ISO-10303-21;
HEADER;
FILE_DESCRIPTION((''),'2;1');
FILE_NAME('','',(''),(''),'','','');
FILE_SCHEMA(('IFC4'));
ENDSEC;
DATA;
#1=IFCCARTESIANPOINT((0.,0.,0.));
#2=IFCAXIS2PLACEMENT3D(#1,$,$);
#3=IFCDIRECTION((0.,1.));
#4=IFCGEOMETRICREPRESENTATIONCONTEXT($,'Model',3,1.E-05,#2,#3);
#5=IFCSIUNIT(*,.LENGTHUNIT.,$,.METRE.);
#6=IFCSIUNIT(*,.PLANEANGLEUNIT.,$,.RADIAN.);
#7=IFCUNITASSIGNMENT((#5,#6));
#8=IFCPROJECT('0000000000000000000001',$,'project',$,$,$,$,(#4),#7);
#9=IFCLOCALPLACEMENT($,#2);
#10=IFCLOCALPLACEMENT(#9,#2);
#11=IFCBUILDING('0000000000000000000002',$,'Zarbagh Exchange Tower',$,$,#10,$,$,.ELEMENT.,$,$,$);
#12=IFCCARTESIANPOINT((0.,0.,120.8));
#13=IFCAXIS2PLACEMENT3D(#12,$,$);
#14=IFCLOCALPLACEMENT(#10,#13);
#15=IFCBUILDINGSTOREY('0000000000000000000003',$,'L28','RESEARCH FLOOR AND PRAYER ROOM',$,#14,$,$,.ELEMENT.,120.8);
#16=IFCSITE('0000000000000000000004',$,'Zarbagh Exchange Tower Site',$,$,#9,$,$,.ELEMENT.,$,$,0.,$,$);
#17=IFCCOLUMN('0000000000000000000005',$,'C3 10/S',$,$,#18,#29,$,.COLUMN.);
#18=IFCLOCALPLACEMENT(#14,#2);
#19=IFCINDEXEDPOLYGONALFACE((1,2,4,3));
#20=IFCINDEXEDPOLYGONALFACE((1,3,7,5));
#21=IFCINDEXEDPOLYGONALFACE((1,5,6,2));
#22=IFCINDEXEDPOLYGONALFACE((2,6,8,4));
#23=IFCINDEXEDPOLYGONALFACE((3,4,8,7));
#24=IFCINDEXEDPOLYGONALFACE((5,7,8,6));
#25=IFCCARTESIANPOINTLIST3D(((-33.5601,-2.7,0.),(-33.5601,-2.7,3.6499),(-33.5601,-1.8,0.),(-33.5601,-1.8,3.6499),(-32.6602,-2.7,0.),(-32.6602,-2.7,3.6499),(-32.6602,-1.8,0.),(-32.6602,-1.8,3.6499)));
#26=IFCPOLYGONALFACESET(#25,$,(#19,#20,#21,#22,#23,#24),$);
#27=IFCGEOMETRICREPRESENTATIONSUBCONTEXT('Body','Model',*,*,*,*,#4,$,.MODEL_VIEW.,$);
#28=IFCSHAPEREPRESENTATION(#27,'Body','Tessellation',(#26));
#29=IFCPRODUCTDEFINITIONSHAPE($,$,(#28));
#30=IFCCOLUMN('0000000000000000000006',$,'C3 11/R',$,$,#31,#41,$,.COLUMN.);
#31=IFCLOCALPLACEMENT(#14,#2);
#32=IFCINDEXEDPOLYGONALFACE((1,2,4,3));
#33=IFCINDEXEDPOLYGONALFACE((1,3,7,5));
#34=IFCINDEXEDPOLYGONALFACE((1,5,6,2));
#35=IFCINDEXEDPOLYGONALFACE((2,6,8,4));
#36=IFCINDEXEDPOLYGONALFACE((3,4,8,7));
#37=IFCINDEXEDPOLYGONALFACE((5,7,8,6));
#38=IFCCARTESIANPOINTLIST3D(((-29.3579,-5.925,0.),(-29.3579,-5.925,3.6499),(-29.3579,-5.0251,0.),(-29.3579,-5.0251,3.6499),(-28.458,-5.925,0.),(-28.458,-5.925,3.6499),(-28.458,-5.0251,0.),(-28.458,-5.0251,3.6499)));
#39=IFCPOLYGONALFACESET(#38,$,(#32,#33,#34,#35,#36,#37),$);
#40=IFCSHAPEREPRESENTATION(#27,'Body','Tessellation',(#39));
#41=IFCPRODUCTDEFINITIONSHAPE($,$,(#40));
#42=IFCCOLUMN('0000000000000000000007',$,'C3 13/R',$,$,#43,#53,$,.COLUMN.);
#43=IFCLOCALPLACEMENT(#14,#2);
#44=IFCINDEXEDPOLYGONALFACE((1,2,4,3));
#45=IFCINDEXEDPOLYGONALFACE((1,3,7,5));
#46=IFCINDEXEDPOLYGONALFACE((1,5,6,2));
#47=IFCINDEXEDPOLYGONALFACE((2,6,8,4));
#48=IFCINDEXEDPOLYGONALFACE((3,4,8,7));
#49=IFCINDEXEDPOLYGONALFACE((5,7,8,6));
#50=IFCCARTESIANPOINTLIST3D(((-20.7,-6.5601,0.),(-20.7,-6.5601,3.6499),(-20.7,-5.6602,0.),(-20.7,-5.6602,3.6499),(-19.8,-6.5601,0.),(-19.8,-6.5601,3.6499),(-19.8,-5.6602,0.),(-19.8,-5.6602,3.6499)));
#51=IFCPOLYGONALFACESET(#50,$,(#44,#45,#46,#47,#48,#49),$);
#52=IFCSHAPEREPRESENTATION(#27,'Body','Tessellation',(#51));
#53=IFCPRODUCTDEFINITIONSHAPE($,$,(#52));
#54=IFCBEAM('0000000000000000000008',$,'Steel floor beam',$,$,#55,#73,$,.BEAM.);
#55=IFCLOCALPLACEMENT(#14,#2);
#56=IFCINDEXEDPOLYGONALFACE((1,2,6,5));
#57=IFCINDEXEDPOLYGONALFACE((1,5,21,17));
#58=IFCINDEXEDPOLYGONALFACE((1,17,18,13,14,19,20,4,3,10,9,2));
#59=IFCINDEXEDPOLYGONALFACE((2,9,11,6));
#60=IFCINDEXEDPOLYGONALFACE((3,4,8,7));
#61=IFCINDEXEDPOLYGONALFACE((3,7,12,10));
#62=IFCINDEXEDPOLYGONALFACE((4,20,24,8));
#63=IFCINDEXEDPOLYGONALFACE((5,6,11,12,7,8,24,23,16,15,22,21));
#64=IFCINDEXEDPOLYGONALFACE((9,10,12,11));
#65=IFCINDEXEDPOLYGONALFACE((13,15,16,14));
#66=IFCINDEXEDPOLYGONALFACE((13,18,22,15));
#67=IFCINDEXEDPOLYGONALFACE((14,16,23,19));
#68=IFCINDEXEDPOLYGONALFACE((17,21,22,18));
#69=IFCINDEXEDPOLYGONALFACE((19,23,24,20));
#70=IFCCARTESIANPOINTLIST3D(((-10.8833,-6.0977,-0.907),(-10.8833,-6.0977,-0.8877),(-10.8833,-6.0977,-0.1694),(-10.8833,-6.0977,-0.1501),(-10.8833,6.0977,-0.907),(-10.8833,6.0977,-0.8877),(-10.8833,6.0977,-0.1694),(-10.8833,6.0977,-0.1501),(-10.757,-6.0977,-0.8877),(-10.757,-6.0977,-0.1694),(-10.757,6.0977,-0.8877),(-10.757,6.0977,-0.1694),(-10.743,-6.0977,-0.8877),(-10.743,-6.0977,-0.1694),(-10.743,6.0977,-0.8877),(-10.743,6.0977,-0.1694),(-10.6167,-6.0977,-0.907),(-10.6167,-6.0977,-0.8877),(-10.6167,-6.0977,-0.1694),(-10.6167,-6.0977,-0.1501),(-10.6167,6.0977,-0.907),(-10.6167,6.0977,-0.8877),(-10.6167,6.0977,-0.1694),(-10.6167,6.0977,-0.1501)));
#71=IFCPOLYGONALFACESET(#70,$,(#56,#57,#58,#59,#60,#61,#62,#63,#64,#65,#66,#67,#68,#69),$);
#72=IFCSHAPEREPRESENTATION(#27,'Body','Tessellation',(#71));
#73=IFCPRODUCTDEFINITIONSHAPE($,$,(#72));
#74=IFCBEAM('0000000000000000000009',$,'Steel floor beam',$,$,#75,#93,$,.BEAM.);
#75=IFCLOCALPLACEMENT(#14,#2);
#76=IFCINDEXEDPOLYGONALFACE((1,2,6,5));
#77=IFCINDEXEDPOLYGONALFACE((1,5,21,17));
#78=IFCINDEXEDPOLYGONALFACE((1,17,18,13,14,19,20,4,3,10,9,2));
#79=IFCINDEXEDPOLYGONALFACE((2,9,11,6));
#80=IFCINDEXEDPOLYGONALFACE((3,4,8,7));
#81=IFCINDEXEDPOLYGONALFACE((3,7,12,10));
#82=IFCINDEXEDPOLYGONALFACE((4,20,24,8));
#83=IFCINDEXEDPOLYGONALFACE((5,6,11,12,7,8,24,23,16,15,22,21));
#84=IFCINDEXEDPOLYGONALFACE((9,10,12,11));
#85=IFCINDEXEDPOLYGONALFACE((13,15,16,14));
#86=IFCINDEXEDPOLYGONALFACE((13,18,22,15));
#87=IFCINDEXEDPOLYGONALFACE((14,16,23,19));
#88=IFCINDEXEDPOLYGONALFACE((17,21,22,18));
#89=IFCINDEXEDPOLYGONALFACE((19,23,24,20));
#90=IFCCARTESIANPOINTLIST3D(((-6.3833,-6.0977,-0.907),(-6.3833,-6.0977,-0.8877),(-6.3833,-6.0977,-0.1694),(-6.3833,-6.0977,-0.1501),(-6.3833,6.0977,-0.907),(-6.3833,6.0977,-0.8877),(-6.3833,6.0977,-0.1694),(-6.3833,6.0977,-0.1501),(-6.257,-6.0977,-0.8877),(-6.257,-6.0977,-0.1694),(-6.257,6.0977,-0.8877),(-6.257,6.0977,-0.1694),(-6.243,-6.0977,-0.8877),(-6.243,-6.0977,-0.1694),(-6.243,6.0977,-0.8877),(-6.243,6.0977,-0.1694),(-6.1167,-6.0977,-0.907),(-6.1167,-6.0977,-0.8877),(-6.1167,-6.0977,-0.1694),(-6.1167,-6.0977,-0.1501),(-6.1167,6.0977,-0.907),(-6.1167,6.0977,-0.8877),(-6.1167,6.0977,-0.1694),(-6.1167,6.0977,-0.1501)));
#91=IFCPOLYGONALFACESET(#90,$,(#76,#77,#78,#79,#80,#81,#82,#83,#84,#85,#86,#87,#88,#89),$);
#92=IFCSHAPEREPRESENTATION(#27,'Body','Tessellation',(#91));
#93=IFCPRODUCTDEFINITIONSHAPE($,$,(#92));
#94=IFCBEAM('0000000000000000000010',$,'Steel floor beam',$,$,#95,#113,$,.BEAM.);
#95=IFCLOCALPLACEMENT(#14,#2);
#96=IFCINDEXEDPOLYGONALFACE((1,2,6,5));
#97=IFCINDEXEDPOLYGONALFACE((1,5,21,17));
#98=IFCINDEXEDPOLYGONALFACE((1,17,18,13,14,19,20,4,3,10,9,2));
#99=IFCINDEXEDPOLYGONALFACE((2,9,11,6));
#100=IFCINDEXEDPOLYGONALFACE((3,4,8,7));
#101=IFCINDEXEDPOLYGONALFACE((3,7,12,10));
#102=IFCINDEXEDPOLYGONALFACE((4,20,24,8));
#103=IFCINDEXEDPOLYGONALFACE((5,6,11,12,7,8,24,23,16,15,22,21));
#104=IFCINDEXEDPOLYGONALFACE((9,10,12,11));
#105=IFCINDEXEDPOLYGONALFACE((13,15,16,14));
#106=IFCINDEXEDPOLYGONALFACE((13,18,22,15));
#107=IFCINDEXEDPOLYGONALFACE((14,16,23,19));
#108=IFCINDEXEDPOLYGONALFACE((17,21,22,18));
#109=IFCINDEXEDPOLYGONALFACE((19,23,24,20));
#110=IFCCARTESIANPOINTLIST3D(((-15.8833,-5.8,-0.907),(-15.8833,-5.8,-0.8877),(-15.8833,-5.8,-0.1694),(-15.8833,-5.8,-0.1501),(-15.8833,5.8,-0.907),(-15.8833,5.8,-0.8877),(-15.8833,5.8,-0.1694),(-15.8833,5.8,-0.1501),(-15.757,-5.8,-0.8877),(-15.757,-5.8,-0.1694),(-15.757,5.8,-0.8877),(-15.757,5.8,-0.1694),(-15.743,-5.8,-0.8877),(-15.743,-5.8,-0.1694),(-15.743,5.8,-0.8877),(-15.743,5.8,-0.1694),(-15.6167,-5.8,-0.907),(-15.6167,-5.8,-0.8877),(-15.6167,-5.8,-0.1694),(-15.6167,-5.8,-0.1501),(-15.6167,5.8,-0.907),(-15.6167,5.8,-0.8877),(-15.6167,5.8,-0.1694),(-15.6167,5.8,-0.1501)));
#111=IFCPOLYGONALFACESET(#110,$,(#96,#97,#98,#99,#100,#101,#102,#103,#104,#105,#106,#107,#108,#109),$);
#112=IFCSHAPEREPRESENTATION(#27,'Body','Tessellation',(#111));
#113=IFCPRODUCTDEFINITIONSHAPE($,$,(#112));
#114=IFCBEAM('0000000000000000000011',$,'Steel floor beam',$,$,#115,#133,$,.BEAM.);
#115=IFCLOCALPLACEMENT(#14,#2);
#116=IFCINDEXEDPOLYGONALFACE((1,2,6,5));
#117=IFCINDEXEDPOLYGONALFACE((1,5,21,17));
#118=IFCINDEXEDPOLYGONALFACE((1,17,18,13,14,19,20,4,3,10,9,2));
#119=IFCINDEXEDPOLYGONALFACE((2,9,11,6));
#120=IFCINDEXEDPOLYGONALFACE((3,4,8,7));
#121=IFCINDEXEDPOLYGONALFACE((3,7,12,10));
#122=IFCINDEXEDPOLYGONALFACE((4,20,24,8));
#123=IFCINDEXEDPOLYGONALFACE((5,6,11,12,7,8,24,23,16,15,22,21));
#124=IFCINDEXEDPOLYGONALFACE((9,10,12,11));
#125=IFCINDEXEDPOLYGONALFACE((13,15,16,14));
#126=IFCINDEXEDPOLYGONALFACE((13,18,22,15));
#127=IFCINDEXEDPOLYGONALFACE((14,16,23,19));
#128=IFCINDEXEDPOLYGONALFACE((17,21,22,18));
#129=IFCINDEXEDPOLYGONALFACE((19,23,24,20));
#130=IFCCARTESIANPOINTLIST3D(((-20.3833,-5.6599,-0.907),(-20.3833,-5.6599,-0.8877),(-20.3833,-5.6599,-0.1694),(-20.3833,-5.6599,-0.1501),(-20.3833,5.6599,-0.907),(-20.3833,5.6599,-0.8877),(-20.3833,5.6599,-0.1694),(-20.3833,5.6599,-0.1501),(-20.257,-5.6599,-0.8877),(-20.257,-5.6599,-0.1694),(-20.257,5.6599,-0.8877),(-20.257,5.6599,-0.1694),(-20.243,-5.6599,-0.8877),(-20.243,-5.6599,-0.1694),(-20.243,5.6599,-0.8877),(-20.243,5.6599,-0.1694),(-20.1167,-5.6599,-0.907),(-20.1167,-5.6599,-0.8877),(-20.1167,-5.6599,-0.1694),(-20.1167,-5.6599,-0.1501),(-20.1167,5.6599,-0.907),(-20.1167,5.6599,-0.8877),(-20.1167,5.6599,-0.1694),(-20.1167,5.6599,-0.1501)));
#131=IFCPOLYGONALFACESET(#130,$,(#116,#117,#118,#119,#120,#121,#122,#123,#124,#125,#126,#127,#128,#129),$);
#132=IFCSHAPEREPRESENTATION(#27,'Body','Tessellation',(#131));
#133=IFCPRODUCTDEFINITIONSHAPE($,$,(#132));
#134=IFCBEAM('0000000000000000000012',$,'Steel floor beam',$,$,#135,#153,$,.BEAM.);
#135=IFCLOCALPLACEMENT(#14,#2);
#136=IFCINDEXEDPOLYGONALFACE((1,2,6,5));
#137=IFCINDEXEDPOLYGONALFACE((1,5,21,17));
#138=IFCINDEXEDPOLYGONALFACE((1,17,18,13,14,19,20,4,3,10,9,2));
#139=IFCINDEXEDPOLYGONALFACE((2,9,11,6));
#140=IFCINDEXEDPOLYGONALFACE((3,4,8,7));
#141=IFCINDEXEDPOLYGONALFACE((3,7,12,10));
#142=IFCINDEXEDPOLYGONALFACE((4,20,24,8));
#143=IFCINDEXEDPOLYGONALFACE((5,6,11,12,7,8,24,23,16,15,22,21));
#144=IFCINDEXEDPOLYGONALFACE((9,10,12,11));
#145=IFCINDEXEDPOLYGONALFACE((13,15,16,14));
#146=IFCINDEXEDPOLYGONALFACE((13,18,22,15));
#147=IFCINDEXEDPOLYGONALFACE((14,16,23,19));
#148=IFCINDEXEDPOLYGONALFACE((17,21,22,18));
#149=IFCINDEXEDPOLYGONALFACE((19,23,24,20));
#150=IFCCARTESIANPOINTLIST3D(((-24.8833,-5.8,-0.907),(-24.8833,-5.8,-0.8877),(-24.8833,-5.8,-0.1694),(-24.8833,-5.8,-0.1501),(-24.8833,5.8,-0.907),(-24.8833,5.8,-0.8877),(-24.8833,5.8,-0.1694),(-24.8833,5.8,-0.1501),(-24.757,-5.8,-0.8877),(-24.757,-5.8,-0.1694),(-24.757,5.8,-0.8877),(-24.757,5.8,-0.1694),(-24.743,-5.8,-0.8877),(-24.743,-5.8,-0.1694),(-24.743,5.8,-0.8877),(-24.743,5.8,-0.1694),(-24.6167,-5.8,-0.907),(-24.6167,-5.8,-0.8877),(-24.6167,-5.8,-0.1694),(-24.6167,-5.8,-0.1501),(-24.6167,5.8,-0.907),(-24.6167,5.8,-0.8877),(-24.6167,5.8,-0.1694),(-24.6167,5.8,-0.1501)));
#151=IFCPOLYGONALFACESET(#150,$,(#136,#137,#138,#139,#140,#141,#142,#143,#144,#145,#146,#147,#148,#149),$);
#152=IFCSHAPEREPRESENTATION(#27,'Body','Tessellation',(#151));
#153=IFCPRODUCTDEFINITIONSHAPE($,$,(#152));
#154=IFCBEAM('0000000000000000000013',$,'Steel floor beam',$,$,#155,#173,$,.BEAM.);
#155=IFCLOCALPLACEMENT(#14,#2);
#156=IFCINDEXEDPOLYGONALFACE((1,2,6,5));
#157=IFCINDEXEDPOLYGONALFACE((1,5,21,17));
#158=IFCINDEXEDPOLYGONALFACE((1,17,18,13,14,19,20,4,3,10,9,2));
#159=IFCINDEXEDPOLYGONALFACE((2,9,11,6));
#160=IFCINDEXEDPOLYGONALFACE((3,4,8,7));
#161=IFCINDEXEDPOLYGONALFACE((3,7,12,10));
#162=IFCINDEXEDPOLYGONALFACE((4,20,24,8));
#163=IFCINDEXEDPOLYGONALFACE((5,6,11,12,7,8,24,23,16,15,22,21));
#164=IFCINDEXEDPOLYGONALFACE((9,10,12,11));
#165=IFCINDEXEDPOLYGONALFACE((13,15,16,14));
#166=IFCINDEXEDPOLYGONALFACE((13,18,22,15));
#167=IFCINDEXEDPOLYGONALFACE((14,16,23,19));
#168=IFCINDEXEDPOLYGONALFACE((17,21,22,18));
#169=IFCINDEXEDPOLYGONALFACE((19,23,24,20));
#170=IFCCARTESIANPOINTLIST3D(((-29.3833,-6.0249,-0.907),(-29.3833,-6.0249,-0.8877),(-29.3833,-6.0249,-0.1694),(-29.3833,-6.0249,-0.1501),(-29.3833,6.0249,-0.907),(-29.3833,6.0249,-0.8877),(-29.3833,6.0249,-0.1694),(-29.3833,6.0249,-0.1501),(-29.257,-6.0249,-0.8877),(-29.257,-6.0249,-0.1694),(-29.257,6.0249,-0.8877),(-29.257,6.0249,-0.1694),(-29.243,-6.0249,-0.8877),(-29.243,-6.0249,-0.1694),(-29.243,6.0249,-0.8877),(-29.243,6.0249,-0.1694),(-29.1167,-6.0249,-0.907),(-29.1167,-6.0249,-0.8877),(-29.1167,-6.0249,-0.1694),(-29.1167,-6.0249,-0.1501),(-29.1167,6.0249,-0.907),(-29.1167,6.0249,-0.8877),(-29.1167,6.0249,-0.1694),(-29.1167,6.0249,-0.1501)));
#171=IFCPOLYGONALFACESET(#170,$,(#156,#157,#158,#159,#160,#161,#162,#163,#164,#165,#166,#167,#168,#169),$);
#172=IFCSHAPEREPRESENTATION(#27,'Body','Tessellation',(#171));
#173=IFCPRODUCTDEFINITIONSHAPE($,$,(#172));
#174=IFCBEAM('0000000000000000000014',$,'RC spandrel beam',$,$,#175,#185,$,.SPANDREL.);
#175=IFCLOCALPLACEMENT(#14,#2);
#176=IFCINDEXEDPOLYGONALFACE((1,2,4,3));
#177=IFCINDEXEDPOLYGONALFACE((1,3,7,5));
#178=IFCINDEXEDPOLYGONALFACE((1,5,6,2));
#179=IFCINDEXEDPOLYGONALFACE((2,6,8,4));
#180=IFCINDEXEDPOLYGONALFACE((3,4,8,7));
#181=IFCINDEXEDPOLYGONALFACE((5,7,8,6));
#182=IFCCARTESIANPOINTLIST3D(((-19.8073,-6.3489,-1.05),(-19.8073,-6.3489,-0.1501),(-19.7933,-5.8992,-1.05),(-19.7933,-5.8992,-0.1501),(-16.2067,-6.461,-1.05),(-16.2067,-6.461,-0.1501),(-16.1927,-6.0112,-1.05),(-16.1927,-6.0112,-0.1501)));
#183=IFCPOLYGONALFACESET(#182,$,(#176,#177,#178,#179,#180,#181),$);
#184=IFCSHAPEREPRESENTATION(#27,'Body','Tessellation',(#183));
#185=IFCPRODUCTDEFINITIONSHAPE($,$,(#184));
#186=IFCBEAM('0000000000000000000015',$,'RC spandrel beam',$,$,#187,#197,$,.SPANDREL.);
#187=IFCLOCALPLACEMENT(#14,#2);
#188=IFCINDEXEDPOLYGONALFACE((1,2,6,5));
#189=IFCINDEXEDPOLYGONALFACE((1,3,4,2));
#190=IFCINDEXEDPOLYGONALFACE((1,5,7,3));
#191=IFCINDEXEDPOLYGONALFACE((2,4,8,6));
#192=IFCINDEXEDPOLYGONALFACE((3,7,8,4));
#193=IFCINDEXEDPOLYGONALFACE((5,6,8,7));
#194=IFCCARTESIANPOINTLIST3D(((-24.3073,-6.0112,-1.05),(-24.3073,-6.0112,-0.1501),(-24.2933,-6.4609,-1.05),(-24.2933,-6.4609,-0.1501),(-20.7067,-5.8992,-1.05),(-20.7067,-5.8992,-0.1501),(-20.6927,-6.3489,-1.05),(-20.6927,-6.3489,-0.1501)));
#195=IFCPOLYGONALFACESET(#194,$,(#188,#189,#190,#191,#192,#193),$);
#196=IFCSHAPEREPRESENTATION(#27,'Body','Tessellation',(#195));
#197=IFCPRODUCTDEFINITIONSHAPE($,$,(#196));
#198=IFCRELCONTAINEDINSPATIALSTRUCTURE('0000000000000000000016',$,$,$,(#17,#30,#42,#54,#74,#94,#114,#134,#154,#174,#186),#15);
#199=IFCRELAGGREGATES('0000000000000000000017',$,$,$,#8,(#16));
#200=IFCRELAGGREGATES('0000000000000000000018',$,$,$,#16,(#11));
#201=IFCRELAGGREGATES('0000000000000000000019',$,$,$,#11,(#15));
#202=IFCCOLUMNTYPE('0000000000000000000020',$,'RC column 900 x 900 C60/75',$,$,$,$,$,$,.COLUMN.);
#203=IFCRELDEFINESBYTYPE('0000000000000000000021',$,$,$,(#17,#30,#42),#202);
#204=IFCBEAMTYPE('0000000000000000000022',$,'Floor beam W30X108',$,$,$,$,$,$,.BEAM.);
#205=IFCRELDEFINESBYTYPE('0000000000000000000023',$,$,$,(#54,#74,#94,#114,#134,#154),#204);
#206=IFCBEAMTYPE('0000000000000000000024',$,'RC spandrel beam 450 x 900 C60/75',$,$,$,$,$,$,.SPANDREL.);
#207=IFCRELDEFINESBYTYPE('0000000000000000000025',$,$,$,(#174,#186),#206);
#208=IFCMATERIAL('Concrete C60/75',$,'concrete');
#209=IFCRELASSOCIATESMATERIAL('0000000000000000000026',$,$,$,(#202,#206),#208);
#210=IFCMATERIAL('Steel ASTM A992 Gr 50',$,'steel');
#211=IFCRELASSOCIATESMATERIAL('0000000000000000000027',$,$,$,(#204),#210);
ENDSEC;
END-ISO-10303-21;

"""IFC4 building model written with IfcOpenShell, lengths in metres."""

from ifc_helpers import new_model, si_unit, direction, frame, origin, origin_2d, place, context, subcontext, project, spatial, rectangle, i_section, extrude, material, material_profile, profile_set, type_object, element, save


model = new_model("IFC4")

# Units and contexts
model_context = context("Model", 3, precision=1e-05, world=origin(), true_north=direction((0.0, 1.0)))
body_context = subcontext(model_context, "Body", "Model", "MODEL_VIEW")
ifc_project = project(units=[si_unit("LENGTHUNIT", "METRE"), si_unit("PLANEANGLEUNIT", "RADIAN")], contexts=[model_context])

# Site, building, storey
site_placement = place(None, origin())
site = spatial("IfcSite", under=ifc_project, at=site_placement, Name="Zarbagh Exchange Tower Site", CompositionType="ELEMENT", RefElevation=0.0)
building_placement = place(site_placement, origin())
building = spatial("IfcBuilding", under=site, at=building_placement, Name="Zarbagh Exchange Tower", CompositionType="ELEMENT")
storey_placement = place(building_placement, frame((0.0, 0.0, 120.8)))
storey = spatial("IfcBuildingStorey", under=building, at=storey_placement, Name="L28", Description="RESEARCH FLOOR AND PRAYER ROOM", CompositionType="ELEMENT", Elevation=120.8)

# Columns
ifc_material_1 = material(Name="Concrete C60/75", Category="concrete")
ifc_material_profile_1 = material_profile(ifc_material_1, rectangle(XDim=0.8999, YDim=0.8999, at=origin_2d()), Name="RC column 900 x 900 C60/75")
ifc_profile_set_1 = profile_set([ifc_material_profile_1], Name="Concrete C60/75")
column_type = type_object("IfcColumnType", Name="RC column 900 x 900 C60/75", PredefinedType="COLUMN", material=ifc_profile_set_1)
for number, where, z_axis, x_axis, name in (
    (1, (-33.1101, -2.25, 0.0), (0.0, 0.0, 1.0), (1.0, 0.0, 0.0), "C3 10/S"),
    (2, (-28.908, -5.4751, 0.0), (0.0, 0.0, 1.0), (1.0, 0.0, 0.0), "C3 11/R"),
    (3, (-20.25, -6.1101, 0.0), (0.0, 0.0, 1.0), (1.0, 0.0, 0.0), "C3 13/R"),
):
    element("IfcColumn", number, at=place(storey_placement, frame(where, z_axis=z_axis, x_axis=x_axis)), inside=storey, type_object=column_type, Name=name, PredefinedType="COLUMN", context=body_context, shape_type="SweptSolid", body=[
        extrude(rectangle(XDim=0.8999, YDim=0.8999, at=origin_2d()), origin(), (0.0, 0.0, 1.0), 3.6499),
    ])

# Beams
ifc_material_2 = material(Name="Steel ASTM A992 Gr 50", Category="steel")
ifc_material_profile_2 = material_profile(ifc_material_2, i_section(OverallWidth=0.2666, OverallDepth=0.7568, WebThickness=0.0139, FlangeThickness=0.0193, at=origin_2d()), Name="W30X108")
ifc_profile_set_2 = profile_set([ifc_material_profile_2], Name="Steel ASTM A992 Gr 50")
beam_type_1 = type_object("IfcBeamType", Name="Floor beam W30X108", PredefinedType="BEAM", material=ifc_profile_set_2)
for number, where, z_axis, x_axis, name in (
    (4, (-10.75, -6.0977, -0.5286), (0.0, 1.0, 0.0), (-1.0, 0.0, 0.0), "Steel floor beam"),
    (5, (-6.25, -6.0977, -0.5286), (0.0, 1.0, 0.0), (-1.0, 0.0, 0.0), "Steel floor beam"),
):
    element("IfcBeam", number, at=place(storey_placement, frame(where, z_axis=z_axis, x_axis=x_axis)), inside=storey, type_object=beam_type_1, Name=name, PredefinedType="BEAM", context=body_context, shape_type="SweptSolid", body=[
        extrude(i_section(OverallWidth=0.2666, OverallDepth=0.7568, WebThickness=0.0139, FlangeThickness=0.0193, at=origin_2d()), origin(), (0.0, 0.0, 1.0), 12.1953),
    ])
beam_1_placement = place(storey_placement, frame((-15.75, -5.8, -0.5286), z_axis=(0.0, 1.0, 0.0), x_axis=(-1.0, 0.0, 0.0)))
element("IfcBeam", 6, at=beam_1_placement, inside=storey, type_object=beam_type_1, Name="Steel floor beam", PredefinedType="BEAM", context=body_context, shape_type="SweptSolid", body=[
    extrude(i_section(OverallWidth=0.2666, OverallDepth=0.7568, WebThickness=0.0139, FlangeThickness=0.0193, at=origin_2d()), origin(), (0.0, 0.0, 1.0), 11.6001),
])
beam_2_placement = place(storey_placement, frame((-20.25, -5.6599, -0.5286), z_axis=(0.0, 1.0, 0.0), x_axis=(-1.0, 0.0, 0.0)))
element("IfcBeam", 7, at=beam_2_placement, inside=storey, type_object=beam_type_1, Name="Steel floor beam", PredefinedType="BEAM", context=body_context, shape_type="SweptSolid", body=[
    extrude(i_section(OverallWidth=0.2666, OverallDepth=0.7568, WebThickness=0.0139, FlangeThickness=0.0193, at=origin_2d()), origin(), (0.0, 0.0, 1.0), 11.3198),
])
beam_3_placement = place(storey_placement, frame((-24.75, -5.8, -0.5286), z_axis=(0.0, 1.0, 0.0), x_axis=(-1.0, 0.0, 0.0)))
element("IfcBeam", 8, at=beam_3_placement, inside=storey, type_object=beam_type_1, Name="Steel floor beam", PredefinedType="BEAM", context=body_context, shape_type="SweptSolid", body=[
    extrude(i_section(OverallWidth=0.2666, OverallDepth=0.7568, WebThickness=0.0139, FlangeThickness=0.0193, at=origin_2d()), origin(), (0.0, 0.0, 1.0), 11.6001),
])
beam_4_placement = place(storey_placement, frame((-29.25, -6.0249, -0.5286), z_axis=(0.0, 1.0, 0.0), x_axis=(-1.0, 0.0, 0.0)))
element("IfcBeam", 9, at=beam_4_placement, inside=storey, type_object=beam_type_1, Name="Steel floor beam", PredefinedType="BEAM", context=body_context, shape_type="SweptSolid", body=[
    extrude(i_section(OverallWidth=0.2666, OverallDepth=0.7568, WebThickness=0.0139, FlangeThickness=0.0193, at=origin_2d()), origin(), (0.0, 0.0, 1.0), 12.0498),
])
ifc_material_profile_3 = material_profile(ifc_material_1, rectangle(XDim=0.45, YDim=0.8999, at=origin_2d()), Name="RC spandrel beam 450 x 900 C60/75")
ifc_profile_set_3 = profile_set([ifc_material_profile_3], Name="Concrete C60/75")
beam_type_2 = type_object("IfcBeamType", Name="RC spandrel beam 450 x 900 C60/75", PredefinedType="SPANDREL", material=ifc_profile_set_3)
for number, where, z_axis, x_axis, name in (
    (10, (-16.1997, -6.2361, -0.6001), (-0.999516, 0.031108, 0.0), (-0.031108, -0.999516, 0.0), "RC spandrel beam"),
    (11, (-20.6997, -6.124, -0.6001), (-0.999516, -0.031108, 0.0), (0.031108, -0.999516, 0.0), "RC spandrel beam"),
):
    element("IfcBeam", number, at=place(storey_placement, frame(where, z_axis=z_axis, x_axis=x_axis)), inside=storey, type_object=beam_type_2, Name=name, PredefinedType="SPANDREL", context=body_context, shape_type="SweptSolid", body=[
        extrude(rectangle(XDim=0.45, YDim=0.8999, at=origin_2d()), origin(), (0.0, 0.0, 1.0), 3.6023),
    ])

save(model, "model.ifc")
